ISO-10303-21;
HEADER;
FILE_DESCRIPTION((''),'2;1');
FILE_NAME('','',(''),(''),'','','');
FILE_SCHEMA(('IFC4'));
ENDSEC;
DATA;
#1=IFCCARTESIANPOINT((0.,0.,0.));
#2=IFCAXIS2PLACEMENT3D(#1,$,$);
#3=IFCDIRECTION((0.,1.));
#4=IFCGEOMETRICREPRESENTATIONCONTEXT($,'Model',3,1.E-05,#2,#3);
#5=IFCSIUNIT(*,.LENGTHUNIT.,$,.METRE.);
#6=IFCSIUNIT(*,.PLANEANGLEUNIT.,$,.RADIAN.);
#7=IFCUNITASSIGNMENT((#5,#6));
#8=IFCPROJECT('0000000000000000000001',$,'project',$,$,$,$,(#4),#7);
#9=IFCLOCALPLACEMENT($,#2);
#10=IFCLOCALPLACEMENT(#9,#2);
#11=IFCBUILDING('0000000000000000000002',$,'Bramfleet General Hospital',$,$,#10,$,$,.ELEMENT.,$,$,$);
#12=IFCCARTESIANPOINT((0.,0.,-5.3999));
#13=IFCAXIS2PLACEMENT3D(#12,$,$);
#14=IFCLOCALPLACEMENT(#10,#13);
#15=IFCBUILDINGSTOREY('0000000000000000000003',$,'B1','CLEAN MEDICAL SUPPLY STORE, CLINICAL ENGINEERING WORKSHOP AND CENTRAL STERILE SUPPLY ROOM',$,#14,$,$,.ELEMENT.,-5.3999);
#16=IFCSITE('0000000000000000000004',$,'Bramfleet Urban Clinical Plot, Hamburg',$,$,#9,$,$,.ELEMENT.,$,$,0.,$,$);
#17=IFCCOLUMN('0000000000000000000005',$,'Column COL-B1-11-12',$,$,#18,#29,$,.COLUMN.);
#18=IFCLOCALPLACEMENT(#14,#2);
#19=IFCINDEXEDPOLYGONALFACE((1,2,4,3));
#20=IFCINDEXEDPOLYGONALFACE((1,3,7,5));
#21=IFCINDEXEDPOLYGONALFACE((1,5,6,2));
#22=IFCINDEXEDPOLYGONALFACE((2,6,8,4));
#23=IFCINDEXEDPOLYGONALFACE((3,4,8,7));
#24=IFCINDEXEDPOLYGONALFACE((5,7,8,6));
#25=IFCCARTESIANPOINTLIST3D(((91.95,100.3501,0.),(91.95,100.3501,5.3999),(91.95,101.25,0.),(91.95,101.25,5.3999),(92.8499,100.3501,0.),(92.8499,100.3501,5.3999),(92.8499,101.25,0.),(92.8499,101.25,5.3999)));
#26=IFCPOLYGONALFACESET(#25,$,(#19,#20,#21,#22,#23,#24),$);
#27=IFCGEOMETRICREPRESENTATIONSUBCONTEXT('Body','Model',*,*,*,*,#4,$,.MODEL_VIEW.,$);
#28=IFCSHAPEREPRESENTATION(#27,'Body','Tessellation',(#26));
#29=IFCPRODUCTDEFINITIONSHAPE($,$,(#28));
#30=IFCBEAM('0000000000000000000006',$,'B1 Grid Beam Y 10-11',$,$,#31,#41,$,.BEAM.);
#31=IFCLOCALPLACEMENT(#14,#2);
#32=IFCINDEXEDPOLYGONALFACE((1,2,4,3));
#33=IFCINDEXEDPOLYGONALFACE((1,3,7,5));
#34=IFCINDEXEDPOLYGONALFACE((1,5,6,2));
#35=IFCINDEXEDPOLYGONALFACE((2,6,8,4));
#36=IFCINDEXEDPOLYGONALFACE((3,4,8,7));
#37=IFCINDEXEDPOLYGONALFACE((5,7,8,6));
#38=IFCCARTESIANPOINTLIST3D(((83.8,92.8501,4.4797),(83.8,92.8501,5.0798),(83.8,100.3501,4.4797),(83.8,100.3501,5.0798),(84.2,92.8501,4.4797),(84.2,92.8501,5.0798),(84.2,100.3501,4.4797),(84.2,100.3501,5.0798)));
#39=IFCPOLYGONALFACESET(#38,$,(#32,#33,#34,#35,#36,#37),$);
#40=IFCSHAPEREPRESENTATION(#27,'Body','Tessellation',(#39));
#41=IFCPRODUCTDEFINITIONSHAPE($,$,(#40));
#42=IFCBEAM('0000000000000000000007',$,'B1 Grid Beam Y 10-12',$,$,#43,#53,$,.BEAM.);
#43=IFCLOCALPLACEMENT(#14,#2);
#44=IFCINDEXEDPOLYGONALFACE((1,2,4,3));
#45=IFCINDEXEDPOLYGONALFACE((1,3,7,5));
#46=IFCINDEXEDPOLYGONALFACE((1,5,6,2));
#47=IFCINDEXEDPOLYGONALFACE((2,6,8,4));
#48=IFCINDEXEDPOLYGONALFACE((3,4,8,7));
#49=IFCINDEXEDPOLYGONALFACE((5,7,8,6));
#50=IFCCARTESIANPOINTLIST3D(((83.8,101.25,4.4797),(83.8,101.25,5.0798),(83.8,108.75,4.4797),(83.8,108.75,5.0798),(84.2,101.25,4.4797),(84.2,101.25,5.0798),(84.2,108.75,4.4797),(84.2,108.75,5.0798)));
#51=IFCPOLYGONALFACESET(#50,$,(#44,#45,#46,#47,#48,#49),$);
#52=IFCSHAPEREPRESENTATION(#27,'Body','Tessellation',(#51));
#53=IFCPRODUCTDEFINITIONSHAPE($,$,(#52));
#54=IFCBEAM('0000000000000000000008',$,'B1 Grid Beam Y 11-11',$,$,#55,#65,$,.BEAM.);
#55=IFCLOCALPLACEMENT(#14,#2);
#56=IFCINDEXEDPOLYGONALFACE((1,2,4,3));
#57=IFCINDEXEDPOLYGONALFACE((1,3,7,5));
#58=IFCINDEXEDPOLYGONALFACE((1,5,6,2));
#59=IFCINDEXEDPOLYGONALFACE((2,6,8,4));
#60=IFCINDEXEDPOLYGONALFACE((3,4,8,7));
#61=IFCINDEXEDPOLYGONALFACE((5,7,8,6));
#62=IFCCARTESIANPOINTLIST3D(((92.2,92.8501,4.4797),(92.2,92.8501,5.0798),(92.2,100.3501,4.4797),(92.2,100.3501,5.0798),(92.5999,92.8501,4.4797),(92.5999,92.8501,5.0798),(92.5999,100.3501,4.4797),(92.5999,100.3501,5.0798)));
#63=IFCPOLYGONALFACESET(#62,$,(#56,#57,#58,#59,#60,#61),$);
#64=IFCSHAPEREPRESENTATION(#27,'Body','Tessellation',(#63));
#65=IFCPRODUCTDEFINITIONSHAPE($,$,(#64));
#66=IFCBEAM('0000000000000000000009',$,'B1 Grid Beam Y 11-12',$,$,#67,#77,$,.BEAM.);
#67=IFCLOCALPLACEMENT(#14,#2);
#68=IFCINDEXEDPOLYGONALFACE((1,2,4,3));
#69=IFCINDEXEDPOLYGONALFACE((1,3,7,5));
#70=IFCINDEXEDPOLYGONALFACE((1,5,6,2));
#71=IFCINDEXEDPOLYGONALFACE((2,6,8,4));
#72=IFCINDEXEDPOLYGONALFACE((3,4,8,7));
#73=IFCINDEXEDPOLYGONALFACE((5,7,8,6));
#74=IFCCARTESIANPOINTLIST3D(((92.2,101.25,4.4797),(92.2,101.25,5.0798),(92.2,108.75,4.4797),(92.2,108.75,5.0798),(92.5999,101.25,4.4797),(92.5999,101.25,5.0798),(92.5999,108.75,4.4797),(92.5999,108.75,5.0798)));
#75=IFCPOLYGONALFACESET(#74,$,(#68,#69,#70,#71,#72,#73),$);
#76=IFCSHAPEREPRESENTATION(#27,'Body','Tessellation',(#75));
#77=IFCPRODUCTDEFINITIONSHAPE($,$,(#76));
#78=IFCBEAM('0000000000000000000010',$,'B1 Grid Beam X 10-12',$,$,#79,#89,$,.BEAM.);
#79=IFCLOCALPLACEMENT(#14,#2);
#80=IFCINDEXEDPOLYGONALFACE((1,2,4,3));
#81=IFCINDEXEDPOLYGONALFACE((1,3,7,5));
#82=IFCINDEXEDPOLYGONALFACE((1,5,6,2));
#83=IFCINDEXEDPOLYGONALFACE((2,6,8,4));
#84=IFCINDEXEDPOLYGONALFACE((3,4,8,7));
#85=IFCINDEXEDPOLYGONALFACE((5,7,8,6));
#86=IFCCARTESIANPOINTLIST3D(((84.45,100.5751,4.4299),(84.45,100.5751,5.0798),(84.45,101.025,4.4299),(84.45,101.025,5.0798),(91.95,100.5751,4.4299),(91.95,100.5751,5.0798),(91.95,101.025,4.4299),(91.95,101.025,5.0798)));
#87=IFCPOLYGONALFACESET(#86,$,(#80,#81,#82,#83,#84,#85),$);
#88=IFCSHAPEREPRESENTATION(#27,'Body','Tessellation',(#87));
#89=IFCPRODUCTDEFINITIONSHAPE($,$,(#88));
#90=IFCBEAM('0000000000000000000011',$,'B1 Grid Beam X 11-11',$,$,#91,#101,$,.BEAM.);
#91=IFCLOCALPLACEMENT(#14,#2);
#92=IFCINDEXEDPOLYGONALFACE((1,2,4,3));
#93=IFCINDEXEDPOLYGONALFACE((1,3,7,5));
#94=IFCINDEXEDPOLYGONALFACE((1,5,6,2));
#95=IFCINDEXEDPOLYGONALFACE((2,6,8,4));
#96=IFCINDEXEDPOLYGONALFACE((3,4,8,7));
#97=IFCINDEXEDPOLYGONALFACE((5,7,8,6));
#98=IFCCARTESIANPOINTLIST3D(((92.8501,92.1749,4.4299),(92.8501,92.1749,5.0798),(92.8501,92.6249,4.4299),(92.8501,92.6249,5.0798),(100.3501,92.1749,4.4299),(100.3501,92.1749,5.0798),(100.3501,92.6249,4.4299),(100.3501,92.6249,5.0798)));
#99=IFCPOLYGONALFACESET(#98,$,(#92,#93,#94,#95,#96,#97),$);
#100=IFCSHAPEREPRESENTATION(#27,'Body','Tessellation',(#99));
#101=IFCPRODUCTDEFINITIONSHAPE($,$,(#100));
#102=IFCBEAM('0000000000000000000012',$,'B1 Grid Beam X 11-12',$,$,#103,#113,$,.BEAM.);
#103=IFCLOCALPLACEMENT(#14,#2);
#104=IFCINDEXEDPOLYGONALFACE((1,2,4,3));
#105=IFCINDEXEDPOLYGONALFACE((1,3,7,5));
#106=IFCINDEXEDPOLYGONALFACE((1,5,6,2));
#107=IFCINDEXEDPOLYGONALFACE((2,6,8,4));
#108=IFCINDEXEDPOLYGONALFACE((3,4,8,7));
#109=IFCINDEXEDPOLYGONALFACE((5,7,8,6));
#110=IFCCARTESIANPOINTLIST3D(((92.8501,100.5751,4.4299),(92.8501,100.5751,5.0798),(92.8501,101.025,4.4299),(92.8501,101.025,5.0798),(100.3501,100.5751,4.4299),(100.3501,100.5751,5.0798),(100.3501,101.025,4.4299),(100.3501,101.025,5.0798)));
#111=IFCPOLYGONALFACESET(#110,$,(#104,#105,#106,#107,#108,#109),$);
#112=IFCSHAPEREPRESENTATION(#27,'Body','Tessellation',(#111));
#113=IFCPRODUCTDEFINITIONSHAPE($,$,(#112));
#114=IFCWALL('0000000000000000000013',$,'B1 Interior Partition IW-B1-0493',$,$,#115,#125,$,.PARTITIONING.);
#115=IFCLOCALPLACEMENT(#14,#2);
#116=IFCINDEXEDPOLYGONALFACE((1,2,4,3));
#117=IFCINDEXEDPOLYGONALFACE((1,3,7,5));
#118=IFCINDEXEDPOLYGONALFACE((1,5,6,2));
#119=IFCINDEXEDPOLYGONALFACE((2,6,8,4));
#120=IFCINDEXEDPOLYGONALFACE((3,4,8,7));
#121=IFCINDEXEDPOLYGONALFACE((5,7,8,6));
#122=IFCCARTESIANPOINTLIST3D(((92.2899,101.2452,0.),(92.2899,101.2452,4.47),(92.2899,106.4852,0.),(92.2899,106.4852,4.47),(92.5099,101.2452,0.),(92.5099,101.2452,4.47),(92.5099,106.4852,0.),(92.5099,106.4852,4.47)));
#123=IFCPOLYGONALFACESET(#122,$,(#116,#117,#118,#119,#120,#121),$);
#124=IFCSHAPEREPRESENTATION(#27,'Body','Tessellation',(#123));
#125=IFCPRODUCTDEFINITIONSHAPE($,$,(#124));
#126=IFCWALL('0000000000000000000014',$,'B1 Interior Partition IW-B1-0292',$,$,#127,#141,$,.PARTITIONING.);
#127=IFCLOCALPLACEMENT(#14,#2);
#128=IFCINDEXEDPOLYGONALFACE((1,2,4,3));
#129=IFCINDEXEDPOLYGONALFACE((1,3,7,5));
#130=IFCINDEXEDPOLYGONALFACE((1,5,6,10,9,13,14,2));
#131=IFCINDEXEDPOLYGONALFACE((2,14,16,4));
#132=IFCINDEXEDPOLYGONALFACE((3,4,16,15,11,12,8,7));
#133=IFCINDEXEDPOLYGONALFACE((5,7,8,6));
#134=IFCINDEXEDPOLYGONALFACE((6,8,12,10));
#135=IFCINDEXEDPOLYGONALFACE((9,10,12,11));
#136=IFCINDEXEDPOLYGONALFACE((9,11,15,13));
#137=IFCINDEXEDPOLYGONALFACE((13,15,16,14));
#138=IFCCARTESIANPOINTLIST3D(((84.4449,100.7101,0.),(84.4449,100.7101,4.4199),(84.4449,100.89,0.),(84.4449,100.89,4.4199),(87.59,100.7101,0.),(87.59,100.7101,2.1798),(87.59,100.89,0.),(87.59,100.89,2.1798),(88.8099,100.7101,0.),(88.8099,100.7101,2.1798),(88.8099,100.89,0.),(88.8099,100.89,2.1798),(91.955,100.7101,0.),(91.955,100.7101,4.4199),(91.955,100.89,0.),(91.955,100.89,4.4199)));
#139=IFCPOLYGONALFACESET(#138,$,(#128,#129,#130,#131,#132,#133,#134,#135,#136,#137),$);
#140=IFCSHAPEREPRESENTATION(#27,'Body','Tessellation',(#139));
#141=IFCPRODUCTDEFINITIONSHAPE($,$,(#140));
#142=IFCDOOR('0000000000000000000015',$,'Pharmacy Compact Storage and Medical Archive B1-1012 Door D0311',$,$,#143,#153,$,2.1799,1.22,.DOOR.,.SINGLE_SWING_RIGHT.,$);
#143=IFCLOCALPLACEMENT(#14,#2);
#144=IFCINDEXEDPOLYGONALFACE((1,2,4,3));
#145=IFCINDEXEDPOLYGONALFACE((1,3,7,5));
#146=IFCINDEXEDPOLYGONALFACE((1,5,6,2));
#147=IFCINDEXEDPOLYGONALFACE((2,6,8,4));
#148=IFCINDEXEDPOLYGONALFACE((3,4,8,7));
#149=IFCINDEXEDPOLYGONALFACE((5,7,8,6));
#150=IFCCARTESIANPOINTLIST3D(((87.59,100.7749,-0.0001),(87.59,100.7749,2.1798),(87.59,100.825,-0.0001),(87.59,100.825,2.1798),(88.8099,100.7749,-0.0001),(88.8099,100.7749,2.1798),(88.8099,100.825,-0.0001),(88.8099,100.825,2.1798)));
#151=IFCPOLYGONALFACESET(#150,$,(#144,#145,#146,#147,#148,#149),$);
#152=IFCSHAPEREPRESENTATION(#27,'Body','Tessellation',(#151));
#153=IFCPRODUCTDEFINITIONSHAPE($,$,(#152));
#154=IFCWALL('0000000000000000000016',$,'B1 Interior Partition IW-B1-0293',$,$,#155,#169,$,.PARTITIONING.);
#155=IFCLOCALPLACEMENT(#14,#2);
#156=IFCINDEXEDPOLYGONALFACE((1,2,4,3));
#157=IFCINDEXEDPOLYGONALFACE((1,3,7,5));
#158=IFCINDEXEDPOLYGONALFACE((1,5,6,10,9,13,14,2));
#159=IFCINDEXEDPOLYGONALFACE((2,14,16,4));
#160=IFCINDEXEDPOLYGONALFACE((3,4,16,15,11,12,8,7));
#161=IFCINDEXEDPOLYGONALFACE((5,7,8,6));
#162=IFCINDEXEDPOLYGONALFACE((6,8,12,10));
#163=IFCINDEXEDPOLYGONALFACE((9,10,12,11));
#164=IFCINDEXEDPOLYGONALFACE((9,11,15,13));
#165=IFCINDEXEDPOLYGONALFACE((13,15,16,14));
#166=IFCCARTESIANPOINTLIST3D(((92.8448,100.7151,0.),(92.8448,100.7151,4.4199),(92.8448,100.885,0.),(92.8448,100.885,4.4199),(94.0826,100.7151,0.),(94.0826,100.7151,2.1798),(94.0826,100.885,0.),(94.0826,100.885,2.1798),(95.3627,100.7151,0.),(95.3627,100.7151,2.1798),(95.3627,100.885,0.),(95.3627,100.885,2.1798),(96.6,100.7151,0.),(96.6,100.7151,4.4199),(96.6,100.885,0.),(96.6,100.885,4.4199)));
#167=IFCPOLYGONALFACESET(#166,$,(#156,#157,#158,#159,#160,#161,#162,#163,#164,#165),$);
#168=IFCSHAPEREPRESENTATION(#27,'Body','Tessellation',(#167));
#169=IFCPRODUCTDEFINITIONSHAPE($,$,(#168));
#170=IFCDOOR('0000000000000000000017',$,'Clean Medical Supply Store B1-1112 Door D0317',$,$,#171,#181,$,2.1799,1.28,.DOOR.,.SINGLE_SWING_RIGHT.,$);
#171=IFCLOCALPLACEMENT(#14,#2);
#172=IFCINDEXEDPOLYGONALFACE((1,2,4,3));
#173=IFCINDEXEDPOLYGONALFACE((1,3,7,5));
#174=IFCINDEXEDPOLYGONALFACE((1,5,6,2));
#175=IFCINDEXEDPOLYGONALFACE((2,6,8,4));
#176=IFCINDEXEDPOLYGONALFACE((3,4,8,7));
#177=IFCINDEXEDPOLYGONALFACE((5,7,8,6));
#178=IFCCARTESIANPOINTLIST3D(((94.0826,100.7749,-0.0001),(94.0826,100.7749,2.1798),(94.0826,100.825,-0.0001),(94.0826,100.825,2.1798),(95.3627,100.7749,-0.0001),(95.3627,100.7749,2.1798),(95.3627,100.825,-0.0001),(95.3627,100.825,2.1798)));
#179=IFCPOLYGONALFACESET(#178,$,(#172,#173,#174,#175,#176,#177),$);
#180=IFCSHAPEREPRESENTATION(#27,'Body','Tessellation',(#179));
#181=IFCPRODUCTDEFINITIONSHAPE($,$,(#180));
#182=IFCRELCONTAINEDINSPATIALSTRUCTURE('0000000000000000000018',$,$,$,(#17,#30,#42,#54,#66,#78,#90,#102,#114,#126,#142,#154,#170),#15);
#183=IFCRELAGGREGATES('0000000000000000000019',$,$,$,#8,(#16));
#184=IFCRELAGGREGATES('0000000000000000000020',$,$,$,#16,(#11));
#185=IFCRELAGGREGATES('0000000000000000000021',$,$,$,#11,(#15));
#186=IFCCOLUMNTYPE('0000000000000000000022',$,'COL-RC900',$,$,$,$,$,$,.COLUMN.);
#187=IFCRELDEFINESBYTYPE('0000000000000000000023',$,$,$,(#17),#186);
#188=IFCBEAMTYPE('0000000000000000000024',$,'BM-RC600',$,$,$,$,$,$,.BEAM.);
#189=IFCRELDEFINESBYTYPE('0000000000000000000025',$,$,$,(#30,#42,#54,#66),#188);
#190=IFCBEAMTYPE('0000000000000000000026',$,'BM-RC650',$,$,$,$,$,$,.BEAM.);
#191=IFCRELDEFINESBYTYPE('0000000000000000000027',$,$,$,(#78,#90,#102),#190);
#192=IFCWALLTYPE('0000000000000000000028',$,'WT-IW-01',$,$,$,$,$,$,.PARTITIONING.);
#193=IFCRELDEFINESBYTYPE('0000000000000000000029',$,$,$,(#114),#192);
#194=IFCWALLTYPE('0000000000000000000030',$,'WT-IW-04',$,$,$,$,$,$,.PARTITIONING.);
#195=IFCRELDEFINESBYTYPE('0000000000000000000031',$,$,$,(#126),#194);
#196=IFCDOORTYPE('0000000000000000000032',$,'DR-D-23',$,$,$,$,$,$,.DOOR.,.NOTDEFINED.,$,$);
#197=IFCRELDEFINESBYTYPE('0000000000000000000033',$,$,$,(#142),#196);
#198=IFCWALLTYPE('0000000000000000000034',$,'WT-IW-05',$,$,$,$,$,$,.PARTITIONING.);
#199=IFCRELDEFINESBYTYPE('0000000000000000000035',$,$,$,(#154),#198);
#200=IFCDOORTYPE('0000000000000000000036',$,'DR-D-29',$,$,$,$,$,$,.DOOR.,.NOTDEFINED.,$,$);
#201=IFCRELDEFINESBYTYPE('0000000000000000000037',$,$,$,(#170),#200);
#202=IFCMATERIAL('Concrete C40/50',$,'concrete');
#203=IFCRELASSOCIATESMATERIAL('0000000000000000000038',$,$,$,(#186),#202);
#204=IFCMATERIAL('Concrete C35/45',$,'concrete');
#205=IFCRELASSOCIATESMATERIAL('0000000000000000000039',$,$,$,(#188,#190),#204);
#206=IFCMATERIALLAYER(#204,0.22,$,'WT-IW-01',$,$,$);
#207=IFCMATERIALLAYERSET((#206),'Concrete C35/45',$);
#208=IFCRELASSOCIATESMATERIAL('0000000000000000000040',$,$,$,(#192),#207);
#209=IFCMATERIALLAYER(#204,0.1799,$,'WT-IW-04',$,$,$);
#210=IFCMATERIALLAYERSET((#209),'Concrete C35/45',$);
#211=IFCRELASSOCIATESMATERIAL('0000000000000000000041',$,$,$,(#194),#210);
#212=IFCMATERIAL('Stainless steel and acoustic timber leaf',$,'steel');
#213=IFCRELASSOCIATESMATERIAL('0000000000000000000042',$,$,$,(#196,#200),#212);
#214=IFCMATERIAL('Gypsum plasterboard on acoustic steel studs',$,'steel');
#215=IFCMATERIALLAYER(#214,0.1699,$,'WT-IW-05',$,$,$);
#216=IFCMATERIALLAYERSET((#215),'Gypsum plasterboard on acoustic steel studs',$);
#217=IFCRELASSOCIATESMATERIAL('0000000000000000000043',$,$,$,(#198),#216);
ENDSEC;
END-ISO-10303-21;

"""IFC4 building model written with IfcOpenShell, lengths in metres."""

from ifc_helpers import new_model, si_unit, direction, frame, frame_2d, origin, origin_2d, place, context, subcontext, project, spatial, rectangle, extrude, material, layer, layer_set, material_profile, profile_set, type_object, element, fill, save


model = new_model("IFC4")

# Units and contexts
model_context = context("Model", 3, precision=1e-05, world=origin(), true_north=direction((0.0, 1.0)))
body_context = subcontext(model_context, "Body", "Model", "MODEL_VIEW")
ifc_project = project(units=[si_unit("LENGTHUNIT", "METRE"), si_unit("PLANEANGLEUNIT", "RADIAN")], contexts=[model_context])

# Site, building, storey
site_placement = place(None, origin())
site = spatial("IfcSite", under=ifc_project, at=site_placement, Name="Bramfleet Urban Clinical Plot, Hamburg", CompositionType="ELEMENT", RefElevation=0.0)
building_placement = place(site_placement, origin())
building = spatial("IfcBuilding", under=site, at=building_placement, Name="Bramfleet General Hospital", CompositionType="ELEMENT")
storey_placement = place(building_placement, frame((0.0, 0.0, -5.3999)))
storey = spatial("IfcBuildingStorey", under=building, at=storey_placement, Name="B1", Description="CLEAN MEDICAL SUPPLY STORE, CLINICAL ENGINEERING WORKSHOP AND CENTRAL STERILE SUPPLY ROOM", CompositionType="ELEMENT", Elevation=-5.3999)

# Shared definitions
ifc_material_1 = material(Name="Concrete C35/45", Category="concrete")

# Column
ifc_material_2 = material(Name="Concrete C40/50", Category="concrete")
ifc_material_profile_1 = material_profile(ifc_material_2, rectangle(XDim=0.8999, YDim=0.8999, at=origin_2d()), Name="RC COL 900x900")
ifc_profile_set_1 = profile_set([ifc_material_profile_1], Name="Concrete C40/50")
column_type = type_object("IfcColumnType", Name="COL-RC900", PredefinedType="COLUMN", material=ifc_profile_set_1)
for number, where, z_axis, x_axis, name in (
    (1, (92.3999, 100.8, 0.0), (0.0, 0.0, 1.0), (1.0, 0.0, 0.0), "Column COL-B1-11-12"),
):
    element("IfcColumn", number, at=place(storey_placement, frame(where, z_axis=z_axis, x_axis=x_axis)), inside=storey, type_object=column_type, Name=name, PredefinedType="COLUMN", context=body_context, shape_type="SweptSolid", body=[
        extrude(rectangle(XDim=0.8999, YDim=0.8999, at=origin_2d()), origin(), (0.0, 0.0, 1.0), 5.3999),
    ])

# Beams
ifc_material_profile_2 = material_profile(ifc_material_1, rectangle(XDim=0.3999, YDim=0.6001, at=origin_2d()), Name="RC BM 600x400")
ifc_profile_set_2 = profile_set([ifc_material_profile_2], Name="Concrete C35/45")
beam_type_1 = type_object("IfcBeamType", Name="BM-RC600", PredefinedType="BEAM", material=ifc_profile_set_2)
for number, where, z_axis, x_axis, name in (
    (2, (84.0, 92.8501, 4.7798), (0.0, 1.0, 0.0), (-1.0, 0.0, 0.0), "B1 Grid Beam Y 10-11"),
    (3, (84.0, 101.25, 4.7798), (0.0, 1.0, 0.0), (-1.0, 0.0, 0.0), "B1 Grid Beam Y 10-12"),
    (4, (92.3999, 92.8501, 4.7798), (0.0, 1.0, 0.0), (-1.0, 0.0, 0.0), "B1 Grid Beam Y 11-11"),
    (5, (92.3999, 101.25, 4.7798), (0.0, 1.0, 0.0), (-1.0, 0.0, 0.0), "B1 Grid Beam Y 11-12"),
):
    element("IfcBeam", number, at=place(storey_placement, frame(where, z_axis=z_axis, x_axis=x_axis)), inside=storey, type_object=beam_type_1, Name=name, PredefinedType="BEAM", context=body_context, shape_type="SweptSolid", body=[
        extrude(rectangle(XDim=0.3999, YDim=0.6001, at=origin_2d()), origin(), (0.0, 0.0, 1.0), 7.5),
    ])
ifc_material_profile_3 = material_profile(ifc_material_1, rectangle(XDim=0.45, YDim=0.6499, at=origin_2d()), Name="RC BM 650x450")
ifc_profile_set_3 = profile_set([ifc_material_profile_3], Name="Concrete C35/45")
beam_type_2 = type_object("IfcBeamType", Name="BM-RC650", PredefinedType="BEAM", material=ifc_profile_set_3)
for number, where, z_axis, x_axis, name in (
    (6, (84.45, 100.8, 4.7549), (1.0, 0.0, 0.0), (0.0, 1.0, 0.0), "B1 Grid Beam X 10-12"),
    (7, (92.8501, 92.3999, 4.7549), (1.0, 0.0, 0.0), (0.0, 1.0, 0.0), "B1 Grid Beam X 11-11"),
    (8, (92.8501, 100.8, 4.7549), (1.0, 0.0, 0.0), (0.0, 1.0, 0.0), "B1 Grid Beam X 11-12"),
):
    element("IfcBeam", number, at=place(storey_placement, frame(where, z_axis=z_axis, x_axis=x_axis)), inside=storey, type_object=beam_type_2, Name=name, PredefinedType="BEAM", context=body_context, shape_type="SweptSolid", body=[
        extrude(rectangle(XDim=0.45, YDim=0.6499, at=origin_2d()), origin(), (0.0, 0.0, 1.0), 7.5),
    ])

# Wall
ifc_layer_1 = layer(ifc_material_1, 0.22, Name="WT-IW-01")
ifc_layer_set_1 = layer_set([ifc_layer_1], Name="Concrete C35/45")
wall_type_1 = type_object("IfcWallType", Name="WT-IW-01", PredefinedType="PARTITIONING", material=ifc_layer_set_1)
wall_1_placement = place(storey_placement, frame((92.3999, 101.2451, 0.0), z_axis=(0.0, 0.0, 1.0), x_axis=(0.0, 1.0, 0.0)))
element("IfcWall", 9, at=wall_1_placement, inside=storey, type_object=wall_type_1, Name="B1 Interior Partition IW-B1-0493", PredefinedType="PARTITIONING", context=body_context, shape_type="SweptSolid", body=[
    extrude(rectangle(XDim=5.24, YDim=0.22, at=frame_2d((2.6201, 0.0))), origin(), (0.0, 0.0, 1.0), 4.47),
])

# Walls, openings, doors
ifc_layer_2 = layer(ifc_material_1, 0.1799, Name="WT-IW-04")
ifc_layer_set_2 = layer_set([ifc_layer_2], Name="Concrete C35/45")
wall_type_2 = type_object("IfcWallType", Name="WT-IW-04", PredefinedType="PARTITIONING", material=ifc_layer_set_2)
wall_2_placement = place(storey_placement, frame((84.4451, 100.8, 0.0), z_axis=(0.0, 0.0, 1.0), x_axis=(1.0, 0.0, 0.0)))
wall_2 = element("IfcWall", 10, at=wall_2_placement, inside=storey, type_object=wall_type_2, Name="B1 Interior Partition IW-B1-0292", PredefinedType="PARTITIONING", context=body_context, shape_type="SweptSolid", body=[
    extrude(rectangle(XDim=7.51, YDim=0.1799, at=frame_2d((3.7549, 0.0))), origin(), (0.0, 0.0, 1.0), 4.4199),
])
opening_1_placement = place(wall_2_placement, frame((3.145, 0.0, 0.0)))
opening_1 = element("IfcOpeningElement", 11, at=opening_1_placement, cuts=wall_2, PredefinedType="OPENING", context=body_context, shape_type="SweptSolid", body=[
    extrude(rectangle(XDim=1.22, YDim=2.1799, at=frame_2d((0.6099, 1.0898))), frame((0.0, 0.0999, 0.0), z_axis=(0.0, -1.0, 0.0), x_axis=(1.0, 0.0, 0.0)), (0.0, 0.0, 1.0), 0.2),
])
ifc_material_3 = material(Name="Stainless steel and acoustic timber leaf", Category="steel")
door_type_1 = type_object("IfcDoorType", Name="DR-D-23", OperationType="NOTDEFINED", PredefinedType="DOOR", material=ifc_material_3)
door_1_placement = place(opening_1_placement, origin())
door_1 = element("IfcDoor", 12, at=door_1_placement, inside=storey, type_object=door_type_1, Name="Pharmacy Compact Storage and Medical Archive B1-1012 Door D0311", OperationType="SINGLE_SWING_RIGHT", OverallHeight=2.1799, OverallWidth=1.22, PredefinedType="DOOR", context=body_context, shape_type="SweptSolid", body=[
    extrude(rectangle(XDim=1.22, YDim=2.1799, at=frame_2d((0.6099, 1.0898))), frame((0.0, 0.0249, 0.0), z_axis=(0.0, -1.0, 0.0), x_axis=(1.0, 0.0, 0.0)), (0.0, 0.0, 1.0), 0.05),
])
fill(opening_1, door_1)
ifc_material_4 = material(Name="Gypsum plasterboard on acoustic steel studs", Category="steel")
ifc_layer_3 = layer(ifc_material_4, 0.1699, Name="WT-IW-05")
ifc_layer_set_3 = layer_set([ifc_layer_3], Name="Gypsum plasterboard on acoustic steel studs")
wall_type_3 = type_object("IfcWallType", Name="WT-IW-05", PredefinedType="PARTITIONING", material=ifc_layer_set_3)
wall_3_placement = place(storey_placement, frame((92.845, 100.8, 0.0), z_axis=(0.0, 0.0, 1.0), x_axis=(1.0, 0.0, 0.0)))
wall_3 = element("IfcWall", 13, at=wall_3_placement, inside=storey, type_object=wall_type_3, Name="B1 Interior Partition IW-B1-0293", PredefinedType="PARTITIONING", context=body_context, shape_type="SweptSolid", body=[
    extrude(rectangle(XDim=3.7551, YDim=0.1699, at=frame_2d((1.8774, 0.0))), origin(), (0.0, 0.0, 1.0), 4.4199),
])
opening_2_placement = place(wall_3_placement, frame((1.2375, 0.0, 0.0)))
opening_2 = element("IfcOpeningElement", 14, at=opening_2_placement, cuts=wall_3, PredefinedType="OPENING", context=body_context, shape_type="SweptSolid", body=[
    extrude(rectangle(XDim=1.28, YDim=2.1799, at=frame_2d((0.6401, 1.0898))), frame((0.0, 0.095, 0.0), z_axis=(0.0, -1.0, 0.0), x_axis=(1.0, 0.0, 0.0)), (0.0, 0.0, 1.0), 0.1899),
])
door_type_2 = type_object("IfcDoorType", Name="DR-D-29", OperationType="NOTDEFINED", PredefinedType="DOOR", material=ifc_material_3)
door_2_placement = place(opening_2_placement, origin())
door_2 = element("IfcDoor", 15, at=door_2_placement, inside=storey, type_object=door_type_2, Name="Clean Medical Supply Store B1-1112 Door D0317", OperationType="SINGLE_SWING_RIGHT", OverallHeight=2.1799, OverallWidth=1.28, PredefinedType="DOOR", context=body_context, shape_type="SweptSolid", body=[
    extrude(rectangle(XDim=1.28, YDim=2.1799, at=frame_2d((0.6401, 1.0898))), frame((0.0, 0.0249, 0.0), z_axis=(0.0, -1.0, 0.0), x_axis=(1.0, 0.0, 0.0)), (0.0, 0.0, 1.0), 0.05),
])
fill(opening_2, door_2)

save(model, "model.ifc")
